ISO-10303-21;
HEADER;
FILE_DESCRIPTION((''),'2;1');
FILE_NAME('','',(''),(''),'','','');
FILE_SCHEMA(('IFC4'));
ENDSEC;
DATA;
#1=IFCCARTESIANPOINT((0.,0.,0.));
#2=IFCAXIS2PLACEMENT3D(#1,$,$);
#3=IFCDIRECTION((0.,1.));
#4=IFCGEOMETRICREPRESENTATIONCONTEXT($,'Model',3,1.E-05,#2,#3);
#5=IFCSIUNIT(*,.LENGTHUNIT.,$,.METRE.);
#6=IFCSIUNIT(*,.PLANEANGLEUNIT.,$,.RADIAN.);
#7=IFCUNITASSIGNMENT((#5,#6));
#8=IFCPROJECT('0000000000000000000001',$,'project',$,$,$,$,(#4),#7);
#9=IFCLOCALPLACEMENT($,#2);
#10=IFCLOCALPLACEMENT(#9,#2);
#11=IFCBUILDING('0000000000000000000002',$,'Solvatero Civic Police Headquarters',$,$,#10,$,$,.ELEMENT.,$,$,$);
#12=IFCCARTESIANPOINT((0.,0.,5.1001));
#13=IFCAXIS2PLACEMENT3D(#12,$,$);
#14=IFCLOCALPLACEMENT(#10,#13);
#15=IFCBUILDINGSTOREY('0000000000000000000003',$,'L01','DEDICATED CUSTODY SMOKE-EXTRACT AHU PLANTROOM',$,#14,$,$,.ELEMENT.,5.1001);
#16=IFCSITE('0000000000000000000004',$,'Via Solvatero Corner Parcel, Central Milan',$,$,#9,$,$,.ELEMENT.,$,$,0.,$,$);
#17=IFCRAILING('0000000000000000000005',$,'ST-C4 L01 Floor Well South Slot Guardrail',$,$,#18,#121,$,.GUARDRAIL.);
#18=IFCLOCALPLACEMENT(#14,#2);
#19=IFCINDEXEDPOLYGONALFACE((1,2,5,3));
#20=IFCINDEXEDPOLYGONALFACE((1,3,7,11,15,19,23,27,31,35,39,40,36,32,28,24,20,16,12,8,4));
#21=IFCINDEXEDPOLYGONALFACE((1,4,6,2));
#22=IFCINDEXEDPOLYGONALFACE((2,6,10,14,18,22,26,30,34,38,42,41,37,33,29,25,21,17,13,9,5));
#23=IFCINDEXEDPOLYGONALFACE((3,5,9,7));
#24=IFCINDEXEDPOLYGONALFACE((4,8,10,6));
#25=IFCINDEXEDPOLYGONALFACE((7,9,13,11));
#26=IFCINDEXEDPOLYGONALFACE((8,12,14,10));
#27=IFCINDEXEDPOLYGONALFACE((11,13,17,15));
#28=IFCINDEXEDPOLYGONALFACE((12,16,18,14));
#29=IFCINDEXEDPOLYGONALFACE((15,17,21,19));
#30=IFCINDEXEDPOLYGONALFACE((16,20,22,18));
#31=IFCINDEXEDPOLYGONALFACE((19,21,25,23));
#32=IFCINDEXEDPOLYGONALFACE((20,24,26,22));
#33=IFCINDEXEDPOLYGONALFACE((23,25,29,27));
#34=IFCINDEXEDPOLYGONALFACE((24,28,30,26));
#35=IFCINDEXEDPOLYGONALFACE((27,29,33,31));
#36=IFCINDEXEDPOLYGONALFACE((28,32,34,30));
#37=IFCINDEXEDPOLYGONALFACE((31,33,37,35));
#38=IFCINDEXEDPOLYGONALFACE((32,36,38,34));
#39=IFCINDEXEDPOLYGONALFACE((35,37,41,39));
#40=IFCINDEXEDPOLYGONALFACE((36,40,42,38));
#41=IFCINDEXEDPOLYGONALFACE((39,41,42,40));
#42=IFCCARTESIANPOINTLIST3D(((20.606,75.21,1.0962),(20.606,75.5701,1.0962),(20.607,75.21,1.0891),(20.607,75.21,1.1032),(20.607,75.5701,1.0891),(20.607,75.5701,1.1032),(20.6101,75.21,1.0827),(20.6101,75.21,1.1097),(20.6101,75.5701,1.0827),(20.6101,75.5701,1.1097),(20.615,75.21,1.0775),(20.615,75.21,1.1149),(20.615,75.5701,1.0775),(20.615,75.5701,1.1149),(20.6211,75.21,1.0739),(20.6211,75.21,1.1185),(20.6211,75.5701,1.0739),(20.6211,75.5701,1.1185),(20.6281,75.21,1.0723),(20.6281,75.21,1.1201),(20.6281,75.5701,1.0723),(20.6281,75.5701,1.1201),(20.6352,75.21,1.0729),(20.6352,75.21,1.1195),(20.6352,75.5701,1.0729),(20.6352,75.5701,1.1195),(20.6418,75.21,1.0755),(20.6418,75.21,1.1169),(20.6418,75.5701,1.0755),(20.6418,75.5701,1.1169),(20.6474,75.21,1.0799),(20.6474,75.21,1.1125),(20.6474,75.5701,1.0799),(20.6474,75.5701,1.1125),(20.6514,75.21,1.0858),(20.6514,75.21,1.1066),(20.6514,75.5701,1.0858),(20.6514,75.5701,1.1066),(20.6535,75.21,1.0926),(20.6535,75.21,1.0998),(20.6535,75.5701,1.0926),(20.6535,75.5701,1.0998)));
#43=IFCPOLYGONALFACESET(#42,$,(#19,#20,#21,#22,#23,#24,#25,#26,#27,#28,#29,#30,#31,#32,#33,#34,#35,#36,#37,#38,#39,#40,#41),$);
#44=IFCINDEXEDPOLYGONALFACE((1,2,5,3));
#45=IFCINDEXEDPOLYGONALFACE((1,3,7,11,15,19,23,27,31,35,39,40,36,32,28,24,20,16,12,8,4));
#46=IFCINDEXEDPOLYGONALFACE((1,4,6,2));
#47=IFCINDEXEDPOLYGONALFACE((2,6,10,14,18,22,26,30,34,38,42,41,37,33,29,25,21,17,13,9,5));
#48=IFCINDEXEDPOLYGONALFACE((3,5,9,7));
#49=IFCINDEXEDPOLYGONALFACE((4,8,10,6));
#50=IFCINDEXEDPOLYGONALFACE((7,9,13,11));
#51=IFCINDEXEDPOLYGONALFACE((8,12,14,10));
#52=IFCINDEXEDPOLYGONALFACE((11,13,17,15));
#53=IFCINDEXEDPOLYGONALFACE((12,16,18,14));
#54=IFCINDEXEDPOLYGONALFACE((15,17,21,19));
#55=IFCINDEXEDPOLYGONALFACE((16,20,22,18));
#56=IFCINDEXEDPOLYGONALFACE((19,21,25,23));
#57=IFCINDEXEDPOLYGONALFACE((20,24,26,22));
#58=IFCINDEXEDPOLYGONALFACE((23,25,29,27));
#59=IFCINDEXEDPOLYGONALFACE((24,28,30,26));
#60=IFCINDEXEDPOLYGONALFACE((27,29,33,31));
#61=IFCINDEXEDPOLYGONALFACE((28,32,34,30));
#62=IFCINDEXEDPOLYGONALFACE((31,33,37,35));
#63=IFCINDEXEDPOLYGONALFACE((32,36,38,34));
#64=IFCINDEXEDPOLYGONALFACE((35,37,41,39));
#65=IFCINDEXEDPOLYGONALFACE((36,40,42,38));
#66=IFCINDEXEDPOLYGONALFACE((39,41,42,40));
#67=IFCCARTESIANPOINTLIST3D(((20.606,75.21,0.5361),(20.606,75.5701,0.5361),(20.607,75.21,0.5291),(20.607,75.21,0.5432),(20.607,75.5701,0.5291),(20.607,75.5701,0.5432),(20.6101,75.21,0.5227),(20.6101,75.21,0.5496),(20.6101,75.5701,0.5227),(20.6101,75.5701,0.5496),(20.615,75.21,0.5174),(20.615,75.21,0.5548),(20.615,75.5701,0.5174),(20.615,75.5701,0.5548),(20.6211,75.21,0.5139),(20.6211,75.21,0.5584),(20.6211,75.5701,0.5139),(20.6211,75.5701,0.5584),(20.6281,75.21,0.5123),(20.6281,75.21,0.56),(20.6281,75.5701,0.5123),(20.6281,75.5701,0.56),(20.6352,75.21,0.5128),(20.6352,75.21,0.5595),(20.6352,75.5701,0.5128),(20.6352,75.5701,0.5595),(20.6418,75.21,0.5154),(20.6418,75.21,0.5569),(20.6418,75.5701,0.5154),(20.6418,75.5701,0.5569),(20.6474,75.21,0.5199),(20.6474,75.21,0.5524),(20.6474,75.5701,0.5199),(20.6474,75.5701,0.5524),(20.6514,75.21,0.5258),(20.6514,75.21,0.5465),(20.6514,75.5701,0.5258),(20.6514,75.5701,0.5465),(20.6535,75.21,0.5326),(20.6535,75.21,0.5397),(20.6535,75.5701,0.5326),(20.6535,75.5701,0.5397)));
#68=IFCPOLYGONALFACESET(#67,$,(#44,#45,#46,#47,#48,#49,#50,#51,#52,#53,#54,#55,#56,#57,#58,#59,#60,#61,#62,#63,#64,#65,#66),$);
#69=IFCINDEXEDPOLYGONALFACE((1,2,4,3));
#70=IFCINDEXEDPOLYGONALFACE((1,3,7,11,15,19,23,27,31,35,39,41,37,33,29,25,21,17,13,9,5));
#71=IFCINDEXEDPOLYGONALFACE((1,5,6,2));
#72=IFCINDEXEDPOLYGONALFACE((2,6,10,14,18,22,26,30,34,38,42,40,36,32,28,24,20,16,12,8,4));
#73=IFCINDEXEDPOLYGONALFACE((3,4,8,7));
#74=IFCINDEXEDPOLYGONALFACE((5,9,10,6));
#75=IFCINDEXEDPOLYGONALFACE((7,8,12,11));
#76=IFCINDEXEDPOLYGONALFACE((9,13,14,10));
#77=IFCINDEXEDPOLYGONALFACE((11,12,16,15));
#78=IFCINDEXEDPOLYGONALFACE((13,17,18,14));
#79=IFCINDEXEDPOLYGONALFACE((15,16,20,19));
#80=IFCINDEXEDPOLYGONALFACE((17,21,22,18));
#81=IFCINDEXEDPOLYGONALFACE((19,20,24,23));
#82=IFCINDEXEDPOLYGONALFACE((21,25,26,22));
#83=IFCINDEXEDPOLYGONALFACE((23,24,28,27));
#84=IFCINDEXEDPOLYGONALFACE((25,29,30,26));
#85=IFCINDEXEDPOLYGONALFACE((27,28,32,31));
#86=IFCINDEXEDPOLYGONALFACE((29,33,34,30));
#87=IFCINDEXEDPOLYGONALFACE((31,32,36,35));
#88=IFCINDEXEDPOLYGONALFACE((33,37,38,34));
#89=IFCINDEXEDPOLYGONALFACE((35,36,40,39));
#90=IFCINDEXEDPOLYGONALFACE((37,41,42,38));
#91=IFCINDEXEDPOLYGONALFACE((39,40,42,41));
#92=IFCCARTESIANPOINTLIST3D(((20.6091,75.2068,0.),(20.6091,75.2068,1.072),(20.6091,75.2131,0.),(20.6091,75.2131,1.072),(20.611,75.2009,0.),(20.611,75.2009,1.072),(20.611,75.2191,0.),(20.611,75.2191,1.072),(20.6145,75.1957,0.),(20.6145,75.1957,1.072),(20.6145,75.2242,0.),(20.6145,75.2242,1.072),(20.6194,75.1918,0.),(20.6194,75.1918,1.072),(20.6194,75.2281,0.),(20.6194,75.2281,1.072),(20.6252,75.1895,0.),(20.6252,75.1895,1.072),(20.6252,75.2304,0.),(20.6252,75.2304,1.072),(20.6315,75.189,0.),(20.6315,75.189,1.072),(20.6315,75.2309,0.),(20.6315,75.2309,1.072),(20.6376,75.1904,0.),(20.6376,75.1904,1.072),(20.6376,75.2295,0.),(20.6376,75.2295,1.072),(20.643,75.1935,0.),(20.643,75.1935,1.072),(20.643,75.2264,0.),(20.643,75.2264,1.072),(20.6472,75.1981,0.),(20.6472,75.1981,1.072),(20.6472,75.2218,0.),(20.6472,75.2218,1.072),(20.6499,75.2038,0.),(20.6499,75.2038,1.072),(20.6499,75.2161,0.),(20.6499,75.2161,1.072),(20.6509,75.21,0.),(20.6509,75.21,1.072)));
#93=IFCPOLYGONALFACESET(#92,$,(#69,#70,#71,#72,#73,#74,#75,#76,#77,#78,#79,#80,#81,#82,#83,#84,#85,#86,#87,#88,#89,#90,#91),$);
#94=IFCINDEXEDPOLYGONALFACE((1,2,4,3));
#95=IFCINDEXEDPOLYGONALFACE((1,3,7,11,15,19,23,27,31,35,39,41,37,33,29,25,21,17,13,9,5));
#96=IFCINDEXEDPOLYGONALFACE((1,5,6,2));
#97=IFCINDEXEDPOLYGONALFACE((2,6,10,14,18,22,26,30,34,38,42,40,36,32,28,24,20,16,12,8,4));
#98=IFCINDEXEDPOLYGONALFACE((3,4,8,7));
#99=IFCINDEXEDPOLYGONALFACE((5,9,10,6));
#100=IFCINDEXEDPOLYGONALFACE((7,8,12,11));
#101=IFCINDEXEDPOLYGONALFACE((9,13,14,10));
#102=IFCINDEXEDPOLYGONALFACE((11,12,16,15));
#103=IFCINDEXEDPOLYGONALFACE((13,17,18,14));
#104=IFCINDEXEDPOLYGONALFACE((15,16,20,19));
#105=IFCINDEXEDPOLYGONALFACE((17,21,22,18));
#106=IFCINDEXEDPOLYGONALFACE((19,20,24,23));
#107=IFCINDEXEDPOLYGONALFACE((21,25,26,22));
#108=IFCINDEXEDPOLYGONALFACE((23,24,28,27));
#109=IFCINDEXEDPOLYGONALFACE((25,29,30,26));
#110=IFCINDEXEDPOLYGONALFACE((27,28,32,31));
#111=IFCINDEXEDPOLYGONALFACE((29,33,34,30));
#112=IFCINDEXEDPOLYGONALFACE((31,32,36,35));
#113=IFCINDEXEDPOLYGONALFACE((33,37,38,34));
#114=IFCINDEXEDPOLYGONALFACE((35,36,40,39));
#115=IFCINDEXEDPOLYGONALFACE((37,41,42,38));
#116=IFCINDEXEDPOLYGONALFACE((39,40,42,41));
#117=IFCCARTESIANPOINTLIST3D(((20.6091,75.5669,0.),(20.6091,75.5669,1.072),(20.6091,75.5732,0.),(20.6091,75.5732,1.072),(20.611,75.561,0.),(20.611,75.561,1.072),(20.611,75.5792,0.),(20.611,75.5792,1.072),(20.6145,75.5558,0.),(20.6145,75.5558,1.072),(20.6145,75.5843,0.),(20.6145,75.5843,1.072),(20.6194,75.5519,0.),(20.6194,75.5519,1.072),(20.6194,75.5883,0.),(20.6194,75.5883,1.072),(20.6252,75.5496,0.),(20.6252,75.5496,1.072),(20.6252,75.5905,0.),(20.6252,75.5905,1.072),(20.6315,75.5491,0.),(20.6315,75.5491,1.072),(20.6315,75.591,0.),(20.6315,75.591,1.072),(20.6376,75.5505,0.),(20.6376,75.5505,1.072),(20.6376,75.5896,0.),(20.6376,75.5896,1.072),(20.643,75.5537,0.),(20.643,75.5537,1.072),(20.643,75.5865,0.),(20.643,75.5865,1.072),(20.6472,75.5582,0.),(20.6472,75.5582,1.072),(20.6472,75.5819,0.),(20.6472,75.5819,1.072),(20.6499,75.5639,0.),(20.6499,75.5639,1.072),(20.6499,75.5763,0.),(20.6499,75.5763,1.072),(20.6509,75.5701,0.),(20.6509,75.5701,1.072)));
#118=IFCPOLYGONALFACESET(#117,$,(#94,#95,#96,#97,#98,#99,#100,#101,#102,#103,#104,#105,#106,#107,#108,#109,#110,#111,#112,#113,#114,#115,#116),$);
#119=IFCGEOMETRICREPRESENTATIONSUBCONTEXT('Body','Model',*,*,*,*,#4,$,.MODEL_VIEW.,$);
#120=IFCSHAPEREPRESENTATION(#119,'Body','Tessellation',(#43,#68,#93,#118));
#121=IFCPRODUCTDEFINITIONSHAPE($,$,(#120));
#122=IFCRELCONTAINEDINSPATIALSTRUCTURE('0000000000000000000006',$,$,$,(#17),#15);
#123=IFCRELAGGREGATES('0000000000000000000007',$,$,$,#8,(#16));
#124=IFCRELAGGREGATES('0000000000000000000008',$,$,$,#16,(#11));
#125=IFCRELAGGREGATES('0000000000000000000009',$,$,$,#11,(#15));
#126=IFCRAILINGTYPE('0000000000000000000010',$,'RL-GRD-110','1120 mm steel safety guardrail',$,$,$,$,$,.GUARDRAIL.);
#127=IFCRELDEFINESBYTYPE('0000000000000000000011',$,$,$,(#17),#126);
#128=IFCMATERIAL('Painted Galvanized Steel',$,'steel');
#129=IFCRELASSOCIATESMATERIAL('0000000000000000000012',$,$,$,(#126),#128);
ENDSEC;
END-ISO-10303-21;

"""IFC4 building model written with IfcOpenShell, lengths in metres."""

from ifc_helpers import new_model, si_unit, direction, frame, origin, origin_2d, place, context, subcontext, project, spatial, circle, extrude, material, type_object, element, save


model = new_model("IFC4")

# Units and contexts
model_context = context("Model", 3, precision=1e-05, world=origin(), true_north=direction((0.0, 1.0)))
body_context = subcontext(model_context, "Body", "Model", "MODEL_VIEW")
ifc_project = project(units=[si_unit("LENGTHUNIT", "METRE"), si_unit("PLANEANGLEUNIT", "RADIAN")], contexts=[model_context])

# Site, building, storey
site_placement = place(None, origin())
site = spatial("IfcSite", under=ifc_project, at=site_placement, Name="Via Solvatero Corner Parcel, Central Milan", CompositionType="ELEMENT", RefElevation=0.0)
building_placement = place(site_placement, origin())
building = spatial("IfcBuilding", under=site, at=building_placement, Name="Solvatero Civic Police Headquarters", CompositionType="ELEMENT")
storey_placement = place(building_placement, frame((0.0, 0.0, 5.1001)))
storey = spatial("IfcBuildingStorey", under=building, at=storey_placement, Name="L01", Description="DEDICATED CUSTODY SMOKE-EXTRACT AHU PLANTROOM", CompositionType="ELEMENT", Elevation=5.1001)

# Railing
ifc_material_1 = material(Name="Painted Galvanized Steel", Category="steel")
railing_type_1 = type_object("IfcRailingType", Name="RL-GRD-110", Description="1120 mm steel safety guardrail", PredefinedType="GUARDRAIL", material=ifc_material_1)
for number, where, name in (
    (1, (20.6299, 75.21, 0.0), "ST-C4 L01 Floor Well South Slot Guardrail"),
):
    element("IfcRailing", number, at=place(storey_placement, frame(where)), inside=storey, type_object=railing_type_1, Name=name, PredefinedType="GUARDRAIL", context=body_context, shape_type="SweptSolid", body=[
        extrude(circle(Radius=0.0239, at=origin_2d()), frame((0.0, 0.0, 1.0962), z_axis=(0.0, 1.0, 0.0), x_axis=(-1.0, 0.0, 0.0)), (0.0, 0.0, 1.0), 0.3601),
        extrude(circle(Radius=0.0239, at=origin_2d()), frame((0.0, 0.0, 0.5361), z_axis=(0.0, 1.0, 0.0), x_axis=(-1.0, 0.0, 0.0)), (0.0, 0.0, 1.0), 0.3601),
        extrude(circle(Radius=0.021, at=origin_2d()), origin(), (0.0, 0.0, 1.0), 1.072),
        extrude(circle(Radius=0.021, at=origin_2d()), frame((0.0, 0.3601, 0.0)), (0.0, 0.0, 1.0), 1.072),
    ])

save(model, "model.ifc")
